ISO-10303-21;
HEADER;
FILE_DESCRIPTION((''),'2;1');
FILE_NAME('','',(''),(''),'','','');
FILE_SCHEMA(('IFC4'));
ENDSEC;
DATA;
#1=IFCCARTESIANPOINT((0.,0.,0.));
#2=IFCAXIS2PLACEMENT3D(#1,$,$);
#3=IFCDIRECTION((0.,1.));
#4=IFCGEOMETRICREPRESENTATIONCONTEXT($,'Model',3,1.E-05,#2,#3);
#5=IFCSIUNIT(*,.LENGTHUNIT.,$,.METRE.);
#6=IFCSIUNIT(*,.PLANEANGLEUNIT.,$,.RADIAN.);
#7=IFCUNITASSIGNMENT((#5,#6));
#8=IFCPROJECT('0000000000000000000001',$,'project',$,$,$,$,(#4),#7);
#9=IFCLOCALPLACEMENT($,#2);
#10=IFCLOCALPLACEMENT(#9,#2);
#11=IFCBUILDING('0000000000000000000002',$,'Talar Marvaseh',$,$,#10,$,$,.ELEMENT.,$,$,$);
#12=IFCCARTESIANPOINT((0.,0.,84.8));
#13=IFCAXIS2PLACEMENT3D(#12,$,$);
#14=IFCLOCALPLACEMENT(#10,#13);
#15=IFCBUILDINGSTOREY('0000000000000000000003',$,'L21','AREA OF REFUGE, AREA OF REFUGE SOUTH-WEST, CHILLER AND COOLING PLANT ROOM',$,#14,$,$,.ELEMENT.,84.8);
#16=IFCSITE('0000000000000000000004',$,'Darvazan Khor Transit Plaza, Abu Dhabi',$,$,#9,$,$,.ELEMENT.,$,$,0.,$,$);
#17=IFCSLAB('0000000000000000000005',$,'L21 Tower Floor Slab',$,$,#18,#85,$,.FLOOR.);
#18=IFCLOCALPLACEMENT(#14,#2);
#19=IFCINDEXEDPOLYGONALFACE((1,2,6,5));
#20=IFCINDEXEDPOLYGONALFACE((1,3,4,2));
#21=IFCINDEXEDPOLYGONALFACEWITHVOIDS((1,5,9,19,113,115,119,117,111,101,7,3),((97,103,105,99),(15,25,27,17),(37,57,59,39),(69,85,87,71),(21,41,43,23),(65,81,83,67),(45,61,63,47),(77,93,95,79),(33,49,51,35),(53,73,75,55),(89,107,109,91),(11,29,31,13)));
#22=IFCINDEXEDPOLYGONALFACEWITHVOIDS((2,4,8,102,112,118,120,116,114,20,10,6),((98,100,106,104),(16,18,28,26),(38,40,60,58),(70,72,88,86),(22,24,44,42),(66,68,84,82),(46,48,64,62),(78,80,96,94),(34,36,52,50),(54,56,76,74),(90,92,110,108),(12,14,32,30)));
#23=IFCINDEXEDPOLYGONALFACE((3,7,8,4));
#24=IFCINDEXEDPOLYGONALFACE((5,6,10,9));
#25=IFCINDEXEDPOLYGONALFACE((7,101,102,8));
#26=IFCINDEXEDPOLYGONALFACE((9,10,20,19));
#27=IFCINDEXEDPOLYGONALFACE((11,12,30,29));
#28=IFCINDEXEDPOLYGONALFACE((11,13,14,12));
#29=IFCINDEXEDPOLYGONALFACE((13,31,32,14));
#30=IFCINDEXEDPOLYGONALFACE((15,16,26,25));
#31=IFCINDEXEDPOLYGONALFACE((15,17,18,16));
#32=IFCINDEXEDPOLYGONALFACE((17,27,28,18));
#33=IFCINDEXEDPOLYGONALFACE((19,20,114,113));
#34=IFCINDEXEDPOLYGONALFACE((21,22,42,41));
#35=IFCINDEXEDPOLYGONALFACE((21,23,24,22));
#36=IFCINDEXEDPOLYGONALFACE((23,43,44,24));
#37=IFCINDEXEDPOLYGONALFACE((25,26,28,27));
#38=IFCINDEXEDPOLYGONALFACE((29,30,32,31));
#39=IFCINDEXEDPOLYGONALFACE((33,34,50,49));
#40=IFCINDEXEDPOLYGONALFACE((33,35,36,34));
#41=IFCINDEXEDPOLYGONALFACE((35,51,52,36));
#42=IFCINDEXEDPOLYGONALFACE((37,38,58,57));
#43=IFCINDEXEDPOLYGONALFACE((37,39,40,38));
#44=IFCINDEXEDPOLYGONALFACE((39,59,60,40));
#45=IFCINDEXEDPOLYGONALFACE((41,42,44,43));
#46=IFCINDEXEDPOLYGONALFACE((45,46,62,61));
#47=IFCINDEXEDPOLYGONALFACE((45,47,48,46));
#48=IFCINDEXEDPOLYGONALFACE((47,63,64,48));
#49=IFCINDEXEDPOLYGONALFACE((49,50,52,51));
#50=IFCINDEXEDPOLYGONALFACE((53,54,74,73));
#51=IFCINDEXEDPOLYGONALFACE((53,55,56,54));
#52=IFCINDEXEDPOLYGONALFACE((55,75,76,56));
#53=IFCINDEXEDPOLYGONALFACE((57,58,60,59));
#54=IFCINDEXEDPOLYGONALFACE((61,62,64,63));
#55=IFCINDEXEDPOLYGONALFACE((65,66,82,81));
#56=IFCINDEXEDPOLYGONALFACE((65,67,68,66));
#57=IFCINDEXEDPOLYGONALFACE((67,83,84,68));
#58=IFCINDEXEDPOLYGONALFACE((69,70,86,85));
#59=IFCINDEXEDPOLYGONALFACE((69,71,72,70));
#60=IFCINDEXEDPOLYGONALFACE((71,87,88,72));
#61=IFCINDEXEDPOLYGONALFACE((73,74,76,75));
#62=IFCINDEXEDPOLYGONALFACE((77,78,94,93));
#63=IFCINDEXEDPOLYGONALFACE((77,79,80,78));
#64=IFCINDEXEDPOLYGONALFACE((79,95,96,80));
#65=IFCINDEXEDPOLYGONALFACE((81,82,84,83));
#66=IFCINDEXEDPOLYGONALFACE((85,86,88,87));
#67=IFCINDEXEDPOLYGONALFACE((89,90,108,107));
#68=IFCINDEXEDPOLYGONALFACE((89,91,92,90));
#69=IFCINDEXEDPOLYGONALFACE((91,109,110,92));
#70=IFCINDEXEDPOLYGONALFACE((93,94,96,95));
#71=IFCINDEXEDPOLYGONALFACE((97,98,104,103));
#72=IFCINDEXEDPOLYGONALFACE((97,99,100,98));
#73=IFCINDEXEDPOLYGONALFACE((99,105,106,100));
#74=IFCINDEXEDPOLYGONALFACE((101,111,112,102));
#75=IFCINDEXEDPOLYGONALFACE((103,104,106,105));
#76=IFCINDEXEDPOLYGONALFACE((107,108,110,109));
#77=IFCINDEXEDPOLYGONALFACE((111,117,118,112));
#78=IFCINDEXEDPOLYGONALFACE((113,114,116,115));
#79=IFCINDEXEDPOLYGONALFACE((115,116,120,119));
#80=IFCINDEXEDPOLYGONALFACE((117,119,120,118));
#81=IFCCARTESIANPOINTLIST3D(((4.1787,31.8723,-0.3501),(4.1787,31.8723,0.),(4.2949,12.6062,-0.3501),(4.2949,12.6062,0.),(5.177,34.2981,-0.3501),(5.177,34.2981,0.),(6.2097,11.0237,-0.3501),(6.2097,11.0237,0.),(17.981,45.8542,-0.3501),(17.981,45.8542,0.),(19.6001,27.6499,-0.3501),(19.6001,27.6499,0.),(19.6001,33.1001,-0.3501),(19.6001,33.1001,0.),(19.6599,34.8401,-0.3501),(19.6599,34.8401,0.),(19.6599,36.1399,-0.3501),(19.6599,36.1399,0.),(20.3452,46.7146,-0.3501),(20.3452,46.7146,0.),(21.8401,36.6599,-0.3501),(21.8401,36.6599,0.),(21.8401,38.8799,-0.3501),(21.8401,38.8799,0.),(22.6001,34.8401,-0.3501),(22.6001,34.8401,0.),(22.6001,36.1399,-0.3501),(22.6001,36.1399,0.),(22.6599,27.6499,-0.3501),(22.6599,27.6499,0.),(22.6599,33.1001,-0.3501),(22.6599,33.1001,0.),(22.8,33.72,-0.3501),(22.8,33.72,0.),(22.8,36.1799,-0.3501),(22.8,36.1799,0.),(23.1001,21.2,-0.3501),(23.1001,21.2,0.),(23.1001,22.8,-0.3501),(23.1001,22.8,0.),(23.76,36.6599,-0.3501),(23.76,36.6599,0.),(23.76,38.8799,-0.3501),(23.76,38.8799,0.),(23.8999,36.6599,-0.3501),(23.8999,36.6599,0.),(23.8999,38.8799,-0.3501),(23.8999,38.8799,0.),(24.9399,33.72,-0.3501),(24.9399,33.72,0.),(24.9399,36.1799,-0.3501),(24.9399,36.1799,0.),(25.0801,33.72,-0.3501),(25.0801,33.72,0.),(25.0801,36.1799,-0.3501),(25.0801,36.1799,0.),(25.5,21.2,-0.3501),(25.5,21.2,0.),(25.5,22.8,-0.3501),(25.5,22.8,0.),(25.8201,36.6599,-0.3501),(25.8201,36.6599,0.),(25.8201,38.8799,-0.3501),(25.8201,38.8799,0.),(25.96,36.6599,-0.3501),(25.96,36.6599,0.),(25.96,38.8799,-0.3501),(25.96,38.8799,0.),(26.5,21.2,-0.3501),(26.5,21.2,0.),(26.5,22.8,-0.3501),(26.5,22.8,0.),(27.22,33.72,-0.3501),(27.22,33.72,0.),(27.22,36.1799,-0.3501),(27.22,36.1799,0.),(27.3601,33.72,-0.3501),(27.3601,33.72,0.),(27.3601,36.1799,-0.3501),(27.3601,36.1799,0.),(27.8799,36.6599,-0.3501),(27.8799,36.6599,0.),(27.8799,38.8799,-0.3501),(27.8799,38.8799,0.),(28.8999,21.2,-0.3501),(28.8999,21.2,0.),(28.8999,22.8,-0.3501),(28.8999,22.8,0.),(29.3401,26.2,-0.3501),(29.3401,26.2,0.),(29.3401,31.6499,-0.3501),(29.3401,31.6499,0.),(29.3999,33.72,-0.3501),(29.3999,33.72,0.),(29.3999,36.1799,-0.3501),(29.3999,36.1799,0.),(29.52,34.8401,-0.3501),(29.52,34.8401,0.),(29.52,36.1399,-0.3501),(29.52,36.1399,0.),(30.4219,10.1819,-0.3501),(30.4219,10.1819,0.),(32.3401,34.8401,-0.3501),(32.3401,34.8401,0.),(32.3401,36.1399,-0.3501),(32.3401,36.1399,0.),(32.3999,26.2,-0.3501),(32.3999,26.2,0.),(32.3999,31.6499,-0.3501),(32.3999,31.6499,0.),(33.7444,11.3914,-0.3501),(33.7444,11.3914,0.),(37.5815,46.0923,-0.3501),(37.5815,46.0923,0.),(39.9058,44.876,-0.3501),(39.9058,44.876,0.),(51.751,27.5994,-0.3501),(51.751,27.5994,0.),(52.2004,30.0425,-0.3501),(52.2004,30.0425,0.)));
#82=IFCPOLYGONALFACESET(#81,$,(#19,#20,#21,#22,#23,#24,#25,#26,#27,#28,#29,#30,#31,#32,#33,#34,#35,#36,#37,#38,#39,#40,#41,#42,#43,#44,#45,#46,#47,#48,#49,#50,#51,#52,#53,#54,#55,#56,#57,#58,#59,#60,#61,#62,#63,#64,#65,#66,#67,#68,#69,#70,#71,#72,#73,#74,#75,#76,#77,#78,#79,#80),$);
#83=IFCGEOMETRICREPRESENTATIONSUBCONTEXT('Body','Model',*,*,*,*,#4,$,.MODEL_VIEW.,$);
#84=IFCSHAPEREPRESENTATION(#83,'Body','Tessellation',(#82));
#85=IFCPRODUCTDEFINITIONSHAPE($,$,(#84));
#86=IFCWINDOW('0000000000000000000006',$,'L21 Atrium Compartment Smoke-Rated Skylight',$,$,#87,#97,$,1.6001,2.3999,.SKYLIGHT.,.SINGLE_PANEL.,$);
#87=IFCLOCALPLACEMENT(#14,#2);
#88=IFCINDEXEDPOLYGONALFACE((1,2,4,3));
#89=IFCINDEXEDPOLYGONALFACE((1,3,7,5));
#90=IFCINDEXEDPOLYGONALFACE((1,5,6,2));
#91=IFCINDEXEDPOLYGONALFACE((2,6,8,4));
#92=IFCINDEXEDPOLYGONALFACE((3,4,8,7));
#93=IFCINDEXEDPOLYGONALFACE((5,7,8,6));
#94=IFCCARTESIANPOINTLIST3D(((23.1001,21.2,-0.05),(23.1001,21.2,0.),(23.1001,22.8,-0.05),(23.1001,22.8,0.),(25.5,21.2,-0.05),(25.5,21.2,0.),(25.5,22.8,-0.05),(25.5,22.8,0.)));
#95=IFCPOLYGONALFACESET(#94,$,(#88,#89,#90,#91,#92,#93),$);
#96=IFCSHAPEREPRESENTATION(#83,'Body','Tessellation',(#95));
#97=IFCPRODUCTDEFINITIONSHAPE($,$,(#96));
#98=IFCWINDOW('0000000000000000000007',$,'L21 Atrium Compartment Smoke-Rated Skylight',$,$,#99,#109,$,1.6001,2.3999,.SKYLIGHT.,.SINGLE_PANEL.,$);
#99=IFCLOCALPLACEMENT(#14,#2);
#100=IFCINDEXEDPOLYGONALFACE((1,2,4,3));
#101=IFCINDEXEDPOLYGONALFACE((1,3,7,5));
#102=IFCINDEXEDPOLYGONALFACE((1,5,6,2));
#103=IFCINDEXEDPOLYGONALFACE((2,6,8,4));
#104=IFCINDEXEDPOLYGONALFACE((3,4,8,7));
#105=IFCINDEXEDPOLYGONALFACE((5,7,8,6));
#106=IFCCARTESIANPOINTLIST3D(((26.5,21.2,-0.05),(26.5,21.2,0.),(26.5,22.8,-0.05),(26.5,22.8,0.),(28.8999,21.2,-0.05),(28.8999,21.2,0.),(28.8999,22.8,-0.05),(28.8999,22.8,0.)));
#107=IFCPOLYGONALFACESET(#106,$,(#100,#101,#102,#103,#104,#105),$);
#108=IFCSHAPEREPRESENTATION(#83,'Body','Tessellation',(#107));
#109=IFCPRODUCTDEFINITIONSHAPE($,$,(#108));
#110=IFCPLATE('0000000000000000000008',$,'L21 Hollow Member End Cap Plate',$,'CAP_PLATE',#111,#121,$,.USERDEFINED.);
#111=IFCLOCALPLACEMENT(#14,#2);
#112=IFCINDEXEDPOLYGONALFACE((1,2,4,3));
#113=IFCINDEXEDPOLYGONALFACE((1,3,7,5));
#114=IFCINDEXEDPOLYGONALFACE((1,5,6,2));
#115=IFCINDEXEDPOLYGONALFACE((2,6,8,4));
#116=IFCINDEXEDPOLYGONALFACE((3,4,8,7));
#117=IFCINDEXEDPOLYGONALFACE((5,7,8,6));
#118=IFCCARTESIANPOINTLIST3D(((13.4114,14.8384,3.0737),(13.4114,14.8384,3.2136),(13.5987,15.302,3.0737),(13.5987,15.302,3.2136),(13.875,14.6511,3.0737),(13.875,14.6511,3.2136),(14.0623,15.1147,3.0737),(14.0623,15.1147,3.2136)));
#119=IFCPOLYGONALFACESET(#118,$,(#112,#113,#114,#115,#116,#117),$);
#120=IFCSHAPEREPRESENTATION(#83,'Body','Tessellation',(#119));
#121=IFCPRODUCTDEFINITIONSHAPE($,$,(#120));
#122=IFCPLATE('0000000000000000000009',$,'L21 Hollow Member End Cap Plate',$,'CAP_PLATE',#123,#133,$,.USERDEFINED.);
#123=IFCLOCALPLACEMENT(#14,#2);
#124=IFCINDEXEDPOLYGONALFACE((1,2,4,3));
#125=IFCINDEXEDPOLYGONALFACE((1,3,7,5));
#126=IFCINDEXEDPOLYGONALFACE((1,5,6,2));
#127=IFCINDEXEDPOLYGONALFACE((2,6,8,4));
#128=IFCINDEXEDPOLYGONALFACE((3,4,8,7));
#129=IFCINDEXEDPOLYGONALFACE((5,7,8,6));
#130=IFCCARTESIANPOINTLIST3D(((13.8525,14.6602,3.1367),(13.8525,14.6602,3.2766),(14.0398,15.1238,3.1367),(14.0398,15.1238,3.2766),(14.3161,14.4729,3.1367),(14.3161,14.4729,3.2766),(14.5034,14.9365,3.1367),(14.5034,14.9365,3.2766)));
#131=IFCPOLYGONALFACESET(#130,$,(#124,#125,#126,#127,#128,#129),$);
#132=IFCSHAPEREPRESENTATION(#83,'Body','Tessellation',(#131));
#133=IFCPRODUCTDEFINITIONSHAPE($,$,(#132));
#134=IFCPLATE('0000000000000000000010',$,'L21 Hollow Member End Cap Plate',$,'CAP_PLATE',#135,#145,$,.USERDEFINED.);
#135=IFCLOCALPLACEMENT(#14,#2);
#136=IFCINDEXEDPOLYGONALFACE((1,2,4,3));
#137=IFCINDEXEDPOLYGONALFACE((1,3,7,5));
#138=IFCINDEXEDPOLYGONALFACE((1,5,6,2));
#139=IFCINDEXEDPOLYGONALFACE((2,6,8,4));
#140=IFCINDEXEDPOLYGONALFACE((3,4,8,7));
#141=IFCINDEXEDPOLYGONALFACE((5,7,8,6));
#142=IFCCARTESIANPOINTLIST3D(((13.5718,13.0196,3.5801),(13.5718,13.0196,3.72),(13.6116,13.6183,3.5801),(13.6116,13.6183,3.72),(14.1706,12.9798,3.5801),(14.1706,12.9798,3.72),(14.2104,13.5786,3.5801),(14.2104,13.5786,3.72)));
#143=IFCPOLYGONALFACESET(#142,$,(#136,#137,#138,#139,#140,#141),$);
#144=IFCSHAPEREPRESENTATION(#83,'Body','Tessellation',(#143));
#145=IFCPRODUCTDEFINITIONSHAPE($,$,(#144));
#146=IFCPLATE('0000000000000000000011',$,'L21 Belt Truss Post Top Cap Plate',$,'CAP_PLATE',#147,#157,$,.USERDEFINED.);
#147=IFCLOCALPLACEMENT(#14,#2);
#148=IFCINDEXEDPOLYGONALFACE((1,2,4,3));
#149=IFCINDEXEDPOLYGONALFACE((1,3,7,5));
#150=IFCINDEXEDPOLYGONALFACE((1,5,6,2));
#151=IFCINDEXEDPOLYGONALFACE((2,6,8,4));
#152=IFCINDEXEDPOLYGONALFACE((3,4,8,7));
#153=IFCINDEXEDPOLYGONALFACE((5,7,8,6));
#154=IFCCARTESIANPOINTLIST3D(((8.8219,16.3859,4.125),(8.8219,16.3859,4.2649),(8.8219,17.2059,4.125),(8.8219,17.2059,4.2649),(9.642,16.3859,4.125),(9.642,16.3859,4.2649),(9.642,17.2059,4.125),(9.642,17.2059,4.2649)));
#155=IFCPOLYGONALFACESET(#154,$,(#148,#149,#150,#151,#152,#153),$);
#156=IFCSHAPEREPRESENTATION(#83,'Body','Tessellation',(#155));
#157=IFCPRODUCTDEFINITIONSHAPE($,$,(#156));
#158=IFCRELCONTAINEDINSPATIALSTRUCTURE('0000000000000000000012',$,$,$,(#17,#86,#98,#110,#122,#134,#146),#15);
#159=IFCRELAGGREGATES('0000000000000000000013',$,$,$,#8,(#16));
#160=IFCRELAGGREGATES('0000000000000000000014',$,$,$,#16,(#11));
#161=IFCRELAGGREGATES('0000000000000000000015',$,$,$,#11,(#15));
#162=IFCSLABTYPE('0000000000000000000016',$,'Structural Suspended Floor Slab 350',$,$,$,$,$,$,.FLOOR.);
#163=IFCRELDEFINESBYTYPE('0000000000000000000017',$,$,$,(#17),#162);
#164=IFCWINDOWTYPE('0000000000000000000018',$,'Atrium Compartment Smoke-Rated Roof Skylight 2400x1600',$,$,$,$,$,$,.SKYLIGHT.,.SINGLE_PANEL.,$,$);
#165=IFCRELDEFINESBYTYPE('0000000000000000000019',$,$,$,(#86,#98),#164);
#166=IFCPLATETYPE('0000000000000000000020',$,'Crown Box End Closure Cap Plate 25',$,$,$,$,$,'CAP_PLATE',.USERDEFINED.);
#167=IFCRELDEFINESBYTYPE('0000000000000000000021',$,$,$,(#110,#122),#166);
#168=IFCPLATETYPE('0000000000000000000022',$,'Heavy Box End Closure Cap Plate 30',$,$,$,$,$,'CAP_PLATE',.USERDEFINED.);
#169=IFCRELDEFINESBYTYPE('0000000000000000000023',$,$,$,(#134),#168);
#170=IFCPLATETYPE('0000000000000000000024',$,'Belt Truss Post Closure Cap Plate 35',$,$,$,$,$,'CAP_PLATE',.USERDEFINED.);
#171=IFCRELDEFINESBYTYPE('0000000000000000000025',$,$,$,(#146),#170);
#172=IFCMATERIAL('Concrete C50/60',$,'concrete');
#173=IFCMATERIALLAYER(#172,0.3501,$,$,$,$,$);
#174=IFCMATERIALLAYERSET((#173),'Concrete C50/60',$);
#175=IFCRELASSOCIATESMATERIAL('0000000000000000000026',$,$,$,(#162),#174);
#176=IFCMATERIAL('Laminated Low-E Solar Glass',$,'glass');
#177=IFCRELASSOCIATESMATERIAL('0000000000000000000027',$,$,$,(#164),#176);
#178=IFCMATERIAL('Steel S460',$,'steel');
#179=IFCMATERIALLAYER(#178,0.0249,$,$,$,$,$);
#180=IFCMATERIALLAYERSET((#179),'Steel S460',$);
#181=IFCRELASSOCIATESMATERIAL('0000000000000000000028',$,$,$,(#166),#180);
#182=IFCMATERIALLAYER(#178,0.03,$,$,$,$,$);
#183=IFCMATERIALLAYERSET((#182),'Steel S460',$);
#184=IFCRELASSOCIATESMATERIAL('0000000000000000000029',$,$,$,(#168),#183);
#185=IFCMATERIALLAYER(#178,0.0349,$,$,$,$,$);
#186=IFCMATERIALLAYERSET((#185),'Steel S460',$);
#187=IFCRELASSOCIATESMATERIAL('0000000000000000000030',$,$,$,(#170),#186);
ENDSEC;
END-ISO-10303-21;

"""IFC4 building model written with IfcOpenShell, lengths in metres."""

from ifc_helpers import new_model, si_unit, direction, frame, origin, origin_2d, place, context, subcontext, project, spatial, polyline, rectangle, outline, extrude, source, transform, mapped, material, layer, layer_set, type_object, type_shapes, element, fill, save


model = new_model("IFC4")

# Units and contexts
model_context = context("Model", 3, precision=1e-05, world=origin(), true_north=direction((0.0, 1.0)))
body_context = subcontext(model_context, "Body", "Model", "MODEL_VIEW")
ifc_project = project(units=[si_unit("LENGTHUNIT", "METRE"), si_unit("PLANEANGLEUNIT", "RADIAN")], contexts=[model_context])

# Site, building, storey
site_placement = place(None, origin())
site = spatial("IfcSite", under=ifc_project, at=site_placement, Name="Darvazan Khor Transit Plaza, Abu Dhabi", CompositionType="ELEMENT", RefElevation=0.0)
building_placement = place(site_placement, origin())
building = spatial("IfcBuilding", under=site, at=building_placement, Name="Talar Marvaseh", CompositionType="ELEMENT")
storey_placement = place(building_placement, frame((0.0, 0.0, 84.8)))
storey = spatial("IfcBuildingStorey", under=building, at=storey_placement, Name="L21", Description="AREA OF REFUGE, AREA OF REFUGE SOUTH-WEST, CHILLER AND COOLING PLANT ROOM", CompositionType="ELEMENT", Elevation=84.8)

# Shared definitions
ifc_material_1 = material(Name="Steel S460", Category="steel")

# Slab, openings, windows
ifc_material_2 = material(Name="Concrete C50/60", Category="concrete")
ifc_layer_1 = layer(ifc_material_2, 0.3501)
ifc_layer_set_1 = layer_set([ifc_layer_1], Name="Concrete C50/60")
slab_type_1 = type_object("IfcSlabType", Name="Structural Suspended Floor Slab 350", PredefinedType="FLOOR", material=ifc_layer_set_1)
slab_1_placement = place(storey_placement, frame((0.0, 0.0, -0.3501)))
slab_1 = element("IfcSlab", 1, at=slab_1_placement, inside=storey, type_object=slab_type_1, Name="L21 Tower Floor Slab", PredefinedType="FLOOR", context=body_context, shape_type="SweptSolid", body=[
    extrude(outline(polyline([(6.2097, 11.0237), (4.2949, 12.6062), (4.1787, 31.8723), (5.177, 34.2981), (17.981, 45.8542), (20.3452, 46.7146), (37.5815, 46.0923), (39.9058, 44.876), (52.2004, 30.0425), (51.751, 27.5994), (33.7444, 11.3914), (30.4219, 10.1819), (6.2097, 11.0237)]), holes=[polyline([(22.6599, 27.6499), (22.6599, 33.1001), (19.6001, 33.1001), (19.6001, 27.6499), (22.6599, 27.6499)]), polyline([(29.3401, 31.6499), (29.3401, 26.2), (32.3999, 26.2), (32.3999, 31.6499), (29.3401, 31.6499)]), polyline([(22.8, 33.72), (24.9399, 33.72), (24.9399, 36.1799), (22.8, 36.1799), (22.8, 33.72)]), polyline([(25.0801, 33.72), (27.22, 33.72), (27.22, 36.1799), (25.0801, 36.1799), (25.0801, 33.72)]), polyline([(27.3601, 33.72), (29.3999, 33.72), (29.3999, 36.1799), (27.3601, 36.1799), (27.3601, 33.72)]), polyline([(21.8401, 36.6599), (23.76, 36.6599), (23.76, 38.8799), (21.8401, 38.8799), (21.8401, 36.6599)]), polyline([(23.8999, 36.6599), (25.8201, 36.6599), (25.8201, 38.8799), (23.8999, 38.8799), (23.8999, 36.6599)]), polyline([(25.96, 36.6599), (27.8799, 36.6599), (27.8799, 38.8799), (25.96, 38.8799), (25.96, 36.6599)]), polyline([(19.6599, 34.8401), (22.6001, 34.8401), (22.6001, 36.1399), (19.6599, 36.1399), (19.6599, 34.8401)]), polyline([(29.52, 34.8401), (32.3401, 34.8401), (32.3401, 36.1399), (29.52, 36.1399), (29.52, 34.8401)])]), origin(), (0.0, 0.0, 1.0), 0.3501),
])
opening_1_placement = place(slab_1_placement, frame((24.3, 22.0, -0.01)))
opening_1 = element("IfcOpeningElement", 2, at=opening_1_placement, cuts=slab_1, PredefinedType="OPENING", context=body_context, shape_type="SweptSolid", body=[
    extrude(rectangle(XDim=2.3999, YDim=1.6001, at=origin_2d()), origin(), (0.0, 0.0, 1.0), 0.3701),
])
opening_2_placement = place(slab_1_placement, frame((27.7, 22.0, -0.01)))
opening_2 = element("IfcOpeningElement", 3, at=opening_2_placement, cuts=slab_1, PredefinedType="OPENING", context=body_context, shape_type="SweptSolid", body=[
    extrude(rectangle(XDim=2.3999, YDim=1.6001, at=origin_2d()), origin(), (0.0, 0.0, 1.0), 0.3701),
])
ifc_material_3 = material(Name="Laminated Low-E Solar Glass", Category="glass")
window_type = type_object("IfcWindowType", Name="Atrium Compartment Smoke-Rated Roof Skylight 2400x1600", PartitioningType="SINGLE_PANEL", PredefinedType="SKYLIGHT", material=ifc_material_3)
window_1_placement = place(slab_1_placement, frame((24.3, 22.0, 0.3)))
window_1 = element("IfcWindow", 4, at=window_1_placement, inside=storey, type_object=window_type, Name="L21 Atrium Compartment Smoke-Rated Skylight", OverallHeight=1.6001, OverallWidth=2.3999, PartitioningType="SINGLE_PANEL", PredefinedType="SKYLIGHT", context=body_context, shape_type="SweptSolid", body=[
    extrude(rectangle(XDim=2.3999, YDim=1.6001, at=origin_2d()), origin(), (0.0, 0.0, 1.0), 0.05),
])
fill(opening_1, window_1)
window_2_placement = place(slab_1_placement, frame((27.7, 22.0, 0.3)))
window_2 = element("IfcWindow", 5, at=window_2_placement, inside=storey, type_object=window_type, Name="L21 Atrium Compartment Smoke-Rated Skylight", OverallHeight=1.6001, OverallWidth=2.3999, PartitioningType="SINGLE_PANEL", PredefinedType="SKYLIGHT", context=body_context, shape_type="SweptSolid", body=[
    extrude(rectangle(XDim=2.3999, YDim=1.6001, at=origin_2d()), origin(), (0.0, 0.0, 1.0), 0.05),
])
fill(opening_2, window_2)

# Plates
ifc_layer_2 = layer(ifc_material_1, 0.0249)
ifc_layer_set_2 = layer_set([ifc_layer_2], Name="Steel S460")
plate_type_1 = type_object("IfcPlateType", Name="Crown Box End Closure Cap Plate 25", ElementType="CAP_PLATE", PredefinedType="USERDEFINED", material=ifc_layer_set_2)
shared_shape_1 = source(origin(), body_context, "Body", "SweptSolid", [
    extrude(rectangle(XDim=0.5, YDim=0.5, at=origin_2d()), origin(), (0.0, 0.0, 1.0), 0.1399),
])
type_shapes(plate_type_1, [shared_shape_1])
for number, where, z_axis, x_axis, name in (
    (6, (13.7368, 14.9766, 3.0737), (0.0, 0.0, 1.0), (0.927184, -0.374607, 0.0), "L21 Hollow Member End Cap Plate"),
    (7, (14.178, 14.7983, 3.1367), (0.0, 0.0, 1.0), (0.927184, -0.374607, 0.0), "L21 Hollow Member End Cap Plate"),
):
    element("IfcPlate", number, at=place(storey_placement, frame(where, z_axis=z_axis, x_axis=x_axis)), inside=storey, type_object=plate_type_1, Name=name, ObjectType="CAP_PLATE", PredefinedType="USERDEFINED", context=body_context, shape_type="MappedRepresentation", body=[
        mapped(shared_shape_1, transform((0.0, 0.0, 0.0), x_axis=(1.0, 0.0, 0.0), y_axis=(0.0, 1.0, 0.0), z_axis=(0.0, 0.0, 1.0), scale=1.0)),
    ])
ifc_layer_3 = layer(ifc_material_1, 0.03)
ifc_layer_set_3 = layer_set([ifc_layer_3], Name="Steel S460")
plate_type_2 = type_object("IfcPlateType", Name="Heavy Box End Closure Cap Plate 30", ElementType="CAP_PLATE", PredefinedType="USERDEFINED", material=ifc_layer_set_3)
shared_shape_2 = source(origin(), body_context, "Body", "SweptSolid", [
    extrude(rectangle(XDim=0.6001, YDim=0.6001, at=origin_2d()), origin(), (0.0, 0.0, 1.0), 0.1399),
])
type_shapes(plate_type_2, [shared_shape_2])
plate_1_placement = place(storey_placement, frame((13.8911, 13.2991, 3.5801), z_axis=(0.0, 0.0, 1.0), x_axis=(-0.997801, 0.066274, 0.0)))
element("IfcPlate", 8, at=plate_1_placement, inside=storey, type_object=plate_type_2, Name="L21 Hollow Member End Cap Plate", ObjectType="CAP_PLATE", PredefinedType="USERDEFINED", context=body_context, shape_type="MappedRepresentation", body=[
    mapped(shared_shape_2, transform((0.0, 0.0, 0.0), x_axis=(1.0, 0.0, 0.0), y_axis=(0.0, 1.0, 0.0), z_axis=(0.0, 0.0, 1.0), scale=1.0)),
])
ifc_layer_4 = layer(ifc_material_1, 0.0349)
ifc_layer_set_4 = layer_set([ifc_layer_4], Name="Steel S460")
plate_type_3 = type_object("IfcPlateType", Name="Belt Truss Post Closure Cap Plate 35", ElementType="CAP_PLATE", PredefinedType="USERDEFINED", material=ifc_layer_set_4)
shared_shape_3 = source(origin(), body_context, "Body", "SweptSolid", [
    extrude(rectangle(XDim=0.8201, YDim=0.8201, at=origin_2d()), origin(), (0.0, 0.0, 1.0), 0.1399),
])
type_shapes(plate_type_3, [shared_shape_3])
plate_2_placement = place(storey_placement, frame((9.2319, 16.7959, 4.125), z_axis=(0.0, 0.0, 1.0), x_axis=(1.0, 0.0, 0.0)))
element("IfcPlate", 9, at=plate_2_placement, inside=storey, type_object=plate_type_3, Name="L21 Belt Truss Post Top Cap Plate", ObjectType="CAP_PLATE", PredefinedType="USERDEFINED", context=body_context, shape_type="MappedRepresentation", body=[
    mapped(shared_shape_3, transform((0.0, 0.0, 0.0), x_axis=(1.0, 0.0, 0.0), y_axis=(0.0, 1.0, 0.0), z_axis=(0.0, 0.0, 1.0), scale=1.0)),
])

save(model, "model.ifc")
